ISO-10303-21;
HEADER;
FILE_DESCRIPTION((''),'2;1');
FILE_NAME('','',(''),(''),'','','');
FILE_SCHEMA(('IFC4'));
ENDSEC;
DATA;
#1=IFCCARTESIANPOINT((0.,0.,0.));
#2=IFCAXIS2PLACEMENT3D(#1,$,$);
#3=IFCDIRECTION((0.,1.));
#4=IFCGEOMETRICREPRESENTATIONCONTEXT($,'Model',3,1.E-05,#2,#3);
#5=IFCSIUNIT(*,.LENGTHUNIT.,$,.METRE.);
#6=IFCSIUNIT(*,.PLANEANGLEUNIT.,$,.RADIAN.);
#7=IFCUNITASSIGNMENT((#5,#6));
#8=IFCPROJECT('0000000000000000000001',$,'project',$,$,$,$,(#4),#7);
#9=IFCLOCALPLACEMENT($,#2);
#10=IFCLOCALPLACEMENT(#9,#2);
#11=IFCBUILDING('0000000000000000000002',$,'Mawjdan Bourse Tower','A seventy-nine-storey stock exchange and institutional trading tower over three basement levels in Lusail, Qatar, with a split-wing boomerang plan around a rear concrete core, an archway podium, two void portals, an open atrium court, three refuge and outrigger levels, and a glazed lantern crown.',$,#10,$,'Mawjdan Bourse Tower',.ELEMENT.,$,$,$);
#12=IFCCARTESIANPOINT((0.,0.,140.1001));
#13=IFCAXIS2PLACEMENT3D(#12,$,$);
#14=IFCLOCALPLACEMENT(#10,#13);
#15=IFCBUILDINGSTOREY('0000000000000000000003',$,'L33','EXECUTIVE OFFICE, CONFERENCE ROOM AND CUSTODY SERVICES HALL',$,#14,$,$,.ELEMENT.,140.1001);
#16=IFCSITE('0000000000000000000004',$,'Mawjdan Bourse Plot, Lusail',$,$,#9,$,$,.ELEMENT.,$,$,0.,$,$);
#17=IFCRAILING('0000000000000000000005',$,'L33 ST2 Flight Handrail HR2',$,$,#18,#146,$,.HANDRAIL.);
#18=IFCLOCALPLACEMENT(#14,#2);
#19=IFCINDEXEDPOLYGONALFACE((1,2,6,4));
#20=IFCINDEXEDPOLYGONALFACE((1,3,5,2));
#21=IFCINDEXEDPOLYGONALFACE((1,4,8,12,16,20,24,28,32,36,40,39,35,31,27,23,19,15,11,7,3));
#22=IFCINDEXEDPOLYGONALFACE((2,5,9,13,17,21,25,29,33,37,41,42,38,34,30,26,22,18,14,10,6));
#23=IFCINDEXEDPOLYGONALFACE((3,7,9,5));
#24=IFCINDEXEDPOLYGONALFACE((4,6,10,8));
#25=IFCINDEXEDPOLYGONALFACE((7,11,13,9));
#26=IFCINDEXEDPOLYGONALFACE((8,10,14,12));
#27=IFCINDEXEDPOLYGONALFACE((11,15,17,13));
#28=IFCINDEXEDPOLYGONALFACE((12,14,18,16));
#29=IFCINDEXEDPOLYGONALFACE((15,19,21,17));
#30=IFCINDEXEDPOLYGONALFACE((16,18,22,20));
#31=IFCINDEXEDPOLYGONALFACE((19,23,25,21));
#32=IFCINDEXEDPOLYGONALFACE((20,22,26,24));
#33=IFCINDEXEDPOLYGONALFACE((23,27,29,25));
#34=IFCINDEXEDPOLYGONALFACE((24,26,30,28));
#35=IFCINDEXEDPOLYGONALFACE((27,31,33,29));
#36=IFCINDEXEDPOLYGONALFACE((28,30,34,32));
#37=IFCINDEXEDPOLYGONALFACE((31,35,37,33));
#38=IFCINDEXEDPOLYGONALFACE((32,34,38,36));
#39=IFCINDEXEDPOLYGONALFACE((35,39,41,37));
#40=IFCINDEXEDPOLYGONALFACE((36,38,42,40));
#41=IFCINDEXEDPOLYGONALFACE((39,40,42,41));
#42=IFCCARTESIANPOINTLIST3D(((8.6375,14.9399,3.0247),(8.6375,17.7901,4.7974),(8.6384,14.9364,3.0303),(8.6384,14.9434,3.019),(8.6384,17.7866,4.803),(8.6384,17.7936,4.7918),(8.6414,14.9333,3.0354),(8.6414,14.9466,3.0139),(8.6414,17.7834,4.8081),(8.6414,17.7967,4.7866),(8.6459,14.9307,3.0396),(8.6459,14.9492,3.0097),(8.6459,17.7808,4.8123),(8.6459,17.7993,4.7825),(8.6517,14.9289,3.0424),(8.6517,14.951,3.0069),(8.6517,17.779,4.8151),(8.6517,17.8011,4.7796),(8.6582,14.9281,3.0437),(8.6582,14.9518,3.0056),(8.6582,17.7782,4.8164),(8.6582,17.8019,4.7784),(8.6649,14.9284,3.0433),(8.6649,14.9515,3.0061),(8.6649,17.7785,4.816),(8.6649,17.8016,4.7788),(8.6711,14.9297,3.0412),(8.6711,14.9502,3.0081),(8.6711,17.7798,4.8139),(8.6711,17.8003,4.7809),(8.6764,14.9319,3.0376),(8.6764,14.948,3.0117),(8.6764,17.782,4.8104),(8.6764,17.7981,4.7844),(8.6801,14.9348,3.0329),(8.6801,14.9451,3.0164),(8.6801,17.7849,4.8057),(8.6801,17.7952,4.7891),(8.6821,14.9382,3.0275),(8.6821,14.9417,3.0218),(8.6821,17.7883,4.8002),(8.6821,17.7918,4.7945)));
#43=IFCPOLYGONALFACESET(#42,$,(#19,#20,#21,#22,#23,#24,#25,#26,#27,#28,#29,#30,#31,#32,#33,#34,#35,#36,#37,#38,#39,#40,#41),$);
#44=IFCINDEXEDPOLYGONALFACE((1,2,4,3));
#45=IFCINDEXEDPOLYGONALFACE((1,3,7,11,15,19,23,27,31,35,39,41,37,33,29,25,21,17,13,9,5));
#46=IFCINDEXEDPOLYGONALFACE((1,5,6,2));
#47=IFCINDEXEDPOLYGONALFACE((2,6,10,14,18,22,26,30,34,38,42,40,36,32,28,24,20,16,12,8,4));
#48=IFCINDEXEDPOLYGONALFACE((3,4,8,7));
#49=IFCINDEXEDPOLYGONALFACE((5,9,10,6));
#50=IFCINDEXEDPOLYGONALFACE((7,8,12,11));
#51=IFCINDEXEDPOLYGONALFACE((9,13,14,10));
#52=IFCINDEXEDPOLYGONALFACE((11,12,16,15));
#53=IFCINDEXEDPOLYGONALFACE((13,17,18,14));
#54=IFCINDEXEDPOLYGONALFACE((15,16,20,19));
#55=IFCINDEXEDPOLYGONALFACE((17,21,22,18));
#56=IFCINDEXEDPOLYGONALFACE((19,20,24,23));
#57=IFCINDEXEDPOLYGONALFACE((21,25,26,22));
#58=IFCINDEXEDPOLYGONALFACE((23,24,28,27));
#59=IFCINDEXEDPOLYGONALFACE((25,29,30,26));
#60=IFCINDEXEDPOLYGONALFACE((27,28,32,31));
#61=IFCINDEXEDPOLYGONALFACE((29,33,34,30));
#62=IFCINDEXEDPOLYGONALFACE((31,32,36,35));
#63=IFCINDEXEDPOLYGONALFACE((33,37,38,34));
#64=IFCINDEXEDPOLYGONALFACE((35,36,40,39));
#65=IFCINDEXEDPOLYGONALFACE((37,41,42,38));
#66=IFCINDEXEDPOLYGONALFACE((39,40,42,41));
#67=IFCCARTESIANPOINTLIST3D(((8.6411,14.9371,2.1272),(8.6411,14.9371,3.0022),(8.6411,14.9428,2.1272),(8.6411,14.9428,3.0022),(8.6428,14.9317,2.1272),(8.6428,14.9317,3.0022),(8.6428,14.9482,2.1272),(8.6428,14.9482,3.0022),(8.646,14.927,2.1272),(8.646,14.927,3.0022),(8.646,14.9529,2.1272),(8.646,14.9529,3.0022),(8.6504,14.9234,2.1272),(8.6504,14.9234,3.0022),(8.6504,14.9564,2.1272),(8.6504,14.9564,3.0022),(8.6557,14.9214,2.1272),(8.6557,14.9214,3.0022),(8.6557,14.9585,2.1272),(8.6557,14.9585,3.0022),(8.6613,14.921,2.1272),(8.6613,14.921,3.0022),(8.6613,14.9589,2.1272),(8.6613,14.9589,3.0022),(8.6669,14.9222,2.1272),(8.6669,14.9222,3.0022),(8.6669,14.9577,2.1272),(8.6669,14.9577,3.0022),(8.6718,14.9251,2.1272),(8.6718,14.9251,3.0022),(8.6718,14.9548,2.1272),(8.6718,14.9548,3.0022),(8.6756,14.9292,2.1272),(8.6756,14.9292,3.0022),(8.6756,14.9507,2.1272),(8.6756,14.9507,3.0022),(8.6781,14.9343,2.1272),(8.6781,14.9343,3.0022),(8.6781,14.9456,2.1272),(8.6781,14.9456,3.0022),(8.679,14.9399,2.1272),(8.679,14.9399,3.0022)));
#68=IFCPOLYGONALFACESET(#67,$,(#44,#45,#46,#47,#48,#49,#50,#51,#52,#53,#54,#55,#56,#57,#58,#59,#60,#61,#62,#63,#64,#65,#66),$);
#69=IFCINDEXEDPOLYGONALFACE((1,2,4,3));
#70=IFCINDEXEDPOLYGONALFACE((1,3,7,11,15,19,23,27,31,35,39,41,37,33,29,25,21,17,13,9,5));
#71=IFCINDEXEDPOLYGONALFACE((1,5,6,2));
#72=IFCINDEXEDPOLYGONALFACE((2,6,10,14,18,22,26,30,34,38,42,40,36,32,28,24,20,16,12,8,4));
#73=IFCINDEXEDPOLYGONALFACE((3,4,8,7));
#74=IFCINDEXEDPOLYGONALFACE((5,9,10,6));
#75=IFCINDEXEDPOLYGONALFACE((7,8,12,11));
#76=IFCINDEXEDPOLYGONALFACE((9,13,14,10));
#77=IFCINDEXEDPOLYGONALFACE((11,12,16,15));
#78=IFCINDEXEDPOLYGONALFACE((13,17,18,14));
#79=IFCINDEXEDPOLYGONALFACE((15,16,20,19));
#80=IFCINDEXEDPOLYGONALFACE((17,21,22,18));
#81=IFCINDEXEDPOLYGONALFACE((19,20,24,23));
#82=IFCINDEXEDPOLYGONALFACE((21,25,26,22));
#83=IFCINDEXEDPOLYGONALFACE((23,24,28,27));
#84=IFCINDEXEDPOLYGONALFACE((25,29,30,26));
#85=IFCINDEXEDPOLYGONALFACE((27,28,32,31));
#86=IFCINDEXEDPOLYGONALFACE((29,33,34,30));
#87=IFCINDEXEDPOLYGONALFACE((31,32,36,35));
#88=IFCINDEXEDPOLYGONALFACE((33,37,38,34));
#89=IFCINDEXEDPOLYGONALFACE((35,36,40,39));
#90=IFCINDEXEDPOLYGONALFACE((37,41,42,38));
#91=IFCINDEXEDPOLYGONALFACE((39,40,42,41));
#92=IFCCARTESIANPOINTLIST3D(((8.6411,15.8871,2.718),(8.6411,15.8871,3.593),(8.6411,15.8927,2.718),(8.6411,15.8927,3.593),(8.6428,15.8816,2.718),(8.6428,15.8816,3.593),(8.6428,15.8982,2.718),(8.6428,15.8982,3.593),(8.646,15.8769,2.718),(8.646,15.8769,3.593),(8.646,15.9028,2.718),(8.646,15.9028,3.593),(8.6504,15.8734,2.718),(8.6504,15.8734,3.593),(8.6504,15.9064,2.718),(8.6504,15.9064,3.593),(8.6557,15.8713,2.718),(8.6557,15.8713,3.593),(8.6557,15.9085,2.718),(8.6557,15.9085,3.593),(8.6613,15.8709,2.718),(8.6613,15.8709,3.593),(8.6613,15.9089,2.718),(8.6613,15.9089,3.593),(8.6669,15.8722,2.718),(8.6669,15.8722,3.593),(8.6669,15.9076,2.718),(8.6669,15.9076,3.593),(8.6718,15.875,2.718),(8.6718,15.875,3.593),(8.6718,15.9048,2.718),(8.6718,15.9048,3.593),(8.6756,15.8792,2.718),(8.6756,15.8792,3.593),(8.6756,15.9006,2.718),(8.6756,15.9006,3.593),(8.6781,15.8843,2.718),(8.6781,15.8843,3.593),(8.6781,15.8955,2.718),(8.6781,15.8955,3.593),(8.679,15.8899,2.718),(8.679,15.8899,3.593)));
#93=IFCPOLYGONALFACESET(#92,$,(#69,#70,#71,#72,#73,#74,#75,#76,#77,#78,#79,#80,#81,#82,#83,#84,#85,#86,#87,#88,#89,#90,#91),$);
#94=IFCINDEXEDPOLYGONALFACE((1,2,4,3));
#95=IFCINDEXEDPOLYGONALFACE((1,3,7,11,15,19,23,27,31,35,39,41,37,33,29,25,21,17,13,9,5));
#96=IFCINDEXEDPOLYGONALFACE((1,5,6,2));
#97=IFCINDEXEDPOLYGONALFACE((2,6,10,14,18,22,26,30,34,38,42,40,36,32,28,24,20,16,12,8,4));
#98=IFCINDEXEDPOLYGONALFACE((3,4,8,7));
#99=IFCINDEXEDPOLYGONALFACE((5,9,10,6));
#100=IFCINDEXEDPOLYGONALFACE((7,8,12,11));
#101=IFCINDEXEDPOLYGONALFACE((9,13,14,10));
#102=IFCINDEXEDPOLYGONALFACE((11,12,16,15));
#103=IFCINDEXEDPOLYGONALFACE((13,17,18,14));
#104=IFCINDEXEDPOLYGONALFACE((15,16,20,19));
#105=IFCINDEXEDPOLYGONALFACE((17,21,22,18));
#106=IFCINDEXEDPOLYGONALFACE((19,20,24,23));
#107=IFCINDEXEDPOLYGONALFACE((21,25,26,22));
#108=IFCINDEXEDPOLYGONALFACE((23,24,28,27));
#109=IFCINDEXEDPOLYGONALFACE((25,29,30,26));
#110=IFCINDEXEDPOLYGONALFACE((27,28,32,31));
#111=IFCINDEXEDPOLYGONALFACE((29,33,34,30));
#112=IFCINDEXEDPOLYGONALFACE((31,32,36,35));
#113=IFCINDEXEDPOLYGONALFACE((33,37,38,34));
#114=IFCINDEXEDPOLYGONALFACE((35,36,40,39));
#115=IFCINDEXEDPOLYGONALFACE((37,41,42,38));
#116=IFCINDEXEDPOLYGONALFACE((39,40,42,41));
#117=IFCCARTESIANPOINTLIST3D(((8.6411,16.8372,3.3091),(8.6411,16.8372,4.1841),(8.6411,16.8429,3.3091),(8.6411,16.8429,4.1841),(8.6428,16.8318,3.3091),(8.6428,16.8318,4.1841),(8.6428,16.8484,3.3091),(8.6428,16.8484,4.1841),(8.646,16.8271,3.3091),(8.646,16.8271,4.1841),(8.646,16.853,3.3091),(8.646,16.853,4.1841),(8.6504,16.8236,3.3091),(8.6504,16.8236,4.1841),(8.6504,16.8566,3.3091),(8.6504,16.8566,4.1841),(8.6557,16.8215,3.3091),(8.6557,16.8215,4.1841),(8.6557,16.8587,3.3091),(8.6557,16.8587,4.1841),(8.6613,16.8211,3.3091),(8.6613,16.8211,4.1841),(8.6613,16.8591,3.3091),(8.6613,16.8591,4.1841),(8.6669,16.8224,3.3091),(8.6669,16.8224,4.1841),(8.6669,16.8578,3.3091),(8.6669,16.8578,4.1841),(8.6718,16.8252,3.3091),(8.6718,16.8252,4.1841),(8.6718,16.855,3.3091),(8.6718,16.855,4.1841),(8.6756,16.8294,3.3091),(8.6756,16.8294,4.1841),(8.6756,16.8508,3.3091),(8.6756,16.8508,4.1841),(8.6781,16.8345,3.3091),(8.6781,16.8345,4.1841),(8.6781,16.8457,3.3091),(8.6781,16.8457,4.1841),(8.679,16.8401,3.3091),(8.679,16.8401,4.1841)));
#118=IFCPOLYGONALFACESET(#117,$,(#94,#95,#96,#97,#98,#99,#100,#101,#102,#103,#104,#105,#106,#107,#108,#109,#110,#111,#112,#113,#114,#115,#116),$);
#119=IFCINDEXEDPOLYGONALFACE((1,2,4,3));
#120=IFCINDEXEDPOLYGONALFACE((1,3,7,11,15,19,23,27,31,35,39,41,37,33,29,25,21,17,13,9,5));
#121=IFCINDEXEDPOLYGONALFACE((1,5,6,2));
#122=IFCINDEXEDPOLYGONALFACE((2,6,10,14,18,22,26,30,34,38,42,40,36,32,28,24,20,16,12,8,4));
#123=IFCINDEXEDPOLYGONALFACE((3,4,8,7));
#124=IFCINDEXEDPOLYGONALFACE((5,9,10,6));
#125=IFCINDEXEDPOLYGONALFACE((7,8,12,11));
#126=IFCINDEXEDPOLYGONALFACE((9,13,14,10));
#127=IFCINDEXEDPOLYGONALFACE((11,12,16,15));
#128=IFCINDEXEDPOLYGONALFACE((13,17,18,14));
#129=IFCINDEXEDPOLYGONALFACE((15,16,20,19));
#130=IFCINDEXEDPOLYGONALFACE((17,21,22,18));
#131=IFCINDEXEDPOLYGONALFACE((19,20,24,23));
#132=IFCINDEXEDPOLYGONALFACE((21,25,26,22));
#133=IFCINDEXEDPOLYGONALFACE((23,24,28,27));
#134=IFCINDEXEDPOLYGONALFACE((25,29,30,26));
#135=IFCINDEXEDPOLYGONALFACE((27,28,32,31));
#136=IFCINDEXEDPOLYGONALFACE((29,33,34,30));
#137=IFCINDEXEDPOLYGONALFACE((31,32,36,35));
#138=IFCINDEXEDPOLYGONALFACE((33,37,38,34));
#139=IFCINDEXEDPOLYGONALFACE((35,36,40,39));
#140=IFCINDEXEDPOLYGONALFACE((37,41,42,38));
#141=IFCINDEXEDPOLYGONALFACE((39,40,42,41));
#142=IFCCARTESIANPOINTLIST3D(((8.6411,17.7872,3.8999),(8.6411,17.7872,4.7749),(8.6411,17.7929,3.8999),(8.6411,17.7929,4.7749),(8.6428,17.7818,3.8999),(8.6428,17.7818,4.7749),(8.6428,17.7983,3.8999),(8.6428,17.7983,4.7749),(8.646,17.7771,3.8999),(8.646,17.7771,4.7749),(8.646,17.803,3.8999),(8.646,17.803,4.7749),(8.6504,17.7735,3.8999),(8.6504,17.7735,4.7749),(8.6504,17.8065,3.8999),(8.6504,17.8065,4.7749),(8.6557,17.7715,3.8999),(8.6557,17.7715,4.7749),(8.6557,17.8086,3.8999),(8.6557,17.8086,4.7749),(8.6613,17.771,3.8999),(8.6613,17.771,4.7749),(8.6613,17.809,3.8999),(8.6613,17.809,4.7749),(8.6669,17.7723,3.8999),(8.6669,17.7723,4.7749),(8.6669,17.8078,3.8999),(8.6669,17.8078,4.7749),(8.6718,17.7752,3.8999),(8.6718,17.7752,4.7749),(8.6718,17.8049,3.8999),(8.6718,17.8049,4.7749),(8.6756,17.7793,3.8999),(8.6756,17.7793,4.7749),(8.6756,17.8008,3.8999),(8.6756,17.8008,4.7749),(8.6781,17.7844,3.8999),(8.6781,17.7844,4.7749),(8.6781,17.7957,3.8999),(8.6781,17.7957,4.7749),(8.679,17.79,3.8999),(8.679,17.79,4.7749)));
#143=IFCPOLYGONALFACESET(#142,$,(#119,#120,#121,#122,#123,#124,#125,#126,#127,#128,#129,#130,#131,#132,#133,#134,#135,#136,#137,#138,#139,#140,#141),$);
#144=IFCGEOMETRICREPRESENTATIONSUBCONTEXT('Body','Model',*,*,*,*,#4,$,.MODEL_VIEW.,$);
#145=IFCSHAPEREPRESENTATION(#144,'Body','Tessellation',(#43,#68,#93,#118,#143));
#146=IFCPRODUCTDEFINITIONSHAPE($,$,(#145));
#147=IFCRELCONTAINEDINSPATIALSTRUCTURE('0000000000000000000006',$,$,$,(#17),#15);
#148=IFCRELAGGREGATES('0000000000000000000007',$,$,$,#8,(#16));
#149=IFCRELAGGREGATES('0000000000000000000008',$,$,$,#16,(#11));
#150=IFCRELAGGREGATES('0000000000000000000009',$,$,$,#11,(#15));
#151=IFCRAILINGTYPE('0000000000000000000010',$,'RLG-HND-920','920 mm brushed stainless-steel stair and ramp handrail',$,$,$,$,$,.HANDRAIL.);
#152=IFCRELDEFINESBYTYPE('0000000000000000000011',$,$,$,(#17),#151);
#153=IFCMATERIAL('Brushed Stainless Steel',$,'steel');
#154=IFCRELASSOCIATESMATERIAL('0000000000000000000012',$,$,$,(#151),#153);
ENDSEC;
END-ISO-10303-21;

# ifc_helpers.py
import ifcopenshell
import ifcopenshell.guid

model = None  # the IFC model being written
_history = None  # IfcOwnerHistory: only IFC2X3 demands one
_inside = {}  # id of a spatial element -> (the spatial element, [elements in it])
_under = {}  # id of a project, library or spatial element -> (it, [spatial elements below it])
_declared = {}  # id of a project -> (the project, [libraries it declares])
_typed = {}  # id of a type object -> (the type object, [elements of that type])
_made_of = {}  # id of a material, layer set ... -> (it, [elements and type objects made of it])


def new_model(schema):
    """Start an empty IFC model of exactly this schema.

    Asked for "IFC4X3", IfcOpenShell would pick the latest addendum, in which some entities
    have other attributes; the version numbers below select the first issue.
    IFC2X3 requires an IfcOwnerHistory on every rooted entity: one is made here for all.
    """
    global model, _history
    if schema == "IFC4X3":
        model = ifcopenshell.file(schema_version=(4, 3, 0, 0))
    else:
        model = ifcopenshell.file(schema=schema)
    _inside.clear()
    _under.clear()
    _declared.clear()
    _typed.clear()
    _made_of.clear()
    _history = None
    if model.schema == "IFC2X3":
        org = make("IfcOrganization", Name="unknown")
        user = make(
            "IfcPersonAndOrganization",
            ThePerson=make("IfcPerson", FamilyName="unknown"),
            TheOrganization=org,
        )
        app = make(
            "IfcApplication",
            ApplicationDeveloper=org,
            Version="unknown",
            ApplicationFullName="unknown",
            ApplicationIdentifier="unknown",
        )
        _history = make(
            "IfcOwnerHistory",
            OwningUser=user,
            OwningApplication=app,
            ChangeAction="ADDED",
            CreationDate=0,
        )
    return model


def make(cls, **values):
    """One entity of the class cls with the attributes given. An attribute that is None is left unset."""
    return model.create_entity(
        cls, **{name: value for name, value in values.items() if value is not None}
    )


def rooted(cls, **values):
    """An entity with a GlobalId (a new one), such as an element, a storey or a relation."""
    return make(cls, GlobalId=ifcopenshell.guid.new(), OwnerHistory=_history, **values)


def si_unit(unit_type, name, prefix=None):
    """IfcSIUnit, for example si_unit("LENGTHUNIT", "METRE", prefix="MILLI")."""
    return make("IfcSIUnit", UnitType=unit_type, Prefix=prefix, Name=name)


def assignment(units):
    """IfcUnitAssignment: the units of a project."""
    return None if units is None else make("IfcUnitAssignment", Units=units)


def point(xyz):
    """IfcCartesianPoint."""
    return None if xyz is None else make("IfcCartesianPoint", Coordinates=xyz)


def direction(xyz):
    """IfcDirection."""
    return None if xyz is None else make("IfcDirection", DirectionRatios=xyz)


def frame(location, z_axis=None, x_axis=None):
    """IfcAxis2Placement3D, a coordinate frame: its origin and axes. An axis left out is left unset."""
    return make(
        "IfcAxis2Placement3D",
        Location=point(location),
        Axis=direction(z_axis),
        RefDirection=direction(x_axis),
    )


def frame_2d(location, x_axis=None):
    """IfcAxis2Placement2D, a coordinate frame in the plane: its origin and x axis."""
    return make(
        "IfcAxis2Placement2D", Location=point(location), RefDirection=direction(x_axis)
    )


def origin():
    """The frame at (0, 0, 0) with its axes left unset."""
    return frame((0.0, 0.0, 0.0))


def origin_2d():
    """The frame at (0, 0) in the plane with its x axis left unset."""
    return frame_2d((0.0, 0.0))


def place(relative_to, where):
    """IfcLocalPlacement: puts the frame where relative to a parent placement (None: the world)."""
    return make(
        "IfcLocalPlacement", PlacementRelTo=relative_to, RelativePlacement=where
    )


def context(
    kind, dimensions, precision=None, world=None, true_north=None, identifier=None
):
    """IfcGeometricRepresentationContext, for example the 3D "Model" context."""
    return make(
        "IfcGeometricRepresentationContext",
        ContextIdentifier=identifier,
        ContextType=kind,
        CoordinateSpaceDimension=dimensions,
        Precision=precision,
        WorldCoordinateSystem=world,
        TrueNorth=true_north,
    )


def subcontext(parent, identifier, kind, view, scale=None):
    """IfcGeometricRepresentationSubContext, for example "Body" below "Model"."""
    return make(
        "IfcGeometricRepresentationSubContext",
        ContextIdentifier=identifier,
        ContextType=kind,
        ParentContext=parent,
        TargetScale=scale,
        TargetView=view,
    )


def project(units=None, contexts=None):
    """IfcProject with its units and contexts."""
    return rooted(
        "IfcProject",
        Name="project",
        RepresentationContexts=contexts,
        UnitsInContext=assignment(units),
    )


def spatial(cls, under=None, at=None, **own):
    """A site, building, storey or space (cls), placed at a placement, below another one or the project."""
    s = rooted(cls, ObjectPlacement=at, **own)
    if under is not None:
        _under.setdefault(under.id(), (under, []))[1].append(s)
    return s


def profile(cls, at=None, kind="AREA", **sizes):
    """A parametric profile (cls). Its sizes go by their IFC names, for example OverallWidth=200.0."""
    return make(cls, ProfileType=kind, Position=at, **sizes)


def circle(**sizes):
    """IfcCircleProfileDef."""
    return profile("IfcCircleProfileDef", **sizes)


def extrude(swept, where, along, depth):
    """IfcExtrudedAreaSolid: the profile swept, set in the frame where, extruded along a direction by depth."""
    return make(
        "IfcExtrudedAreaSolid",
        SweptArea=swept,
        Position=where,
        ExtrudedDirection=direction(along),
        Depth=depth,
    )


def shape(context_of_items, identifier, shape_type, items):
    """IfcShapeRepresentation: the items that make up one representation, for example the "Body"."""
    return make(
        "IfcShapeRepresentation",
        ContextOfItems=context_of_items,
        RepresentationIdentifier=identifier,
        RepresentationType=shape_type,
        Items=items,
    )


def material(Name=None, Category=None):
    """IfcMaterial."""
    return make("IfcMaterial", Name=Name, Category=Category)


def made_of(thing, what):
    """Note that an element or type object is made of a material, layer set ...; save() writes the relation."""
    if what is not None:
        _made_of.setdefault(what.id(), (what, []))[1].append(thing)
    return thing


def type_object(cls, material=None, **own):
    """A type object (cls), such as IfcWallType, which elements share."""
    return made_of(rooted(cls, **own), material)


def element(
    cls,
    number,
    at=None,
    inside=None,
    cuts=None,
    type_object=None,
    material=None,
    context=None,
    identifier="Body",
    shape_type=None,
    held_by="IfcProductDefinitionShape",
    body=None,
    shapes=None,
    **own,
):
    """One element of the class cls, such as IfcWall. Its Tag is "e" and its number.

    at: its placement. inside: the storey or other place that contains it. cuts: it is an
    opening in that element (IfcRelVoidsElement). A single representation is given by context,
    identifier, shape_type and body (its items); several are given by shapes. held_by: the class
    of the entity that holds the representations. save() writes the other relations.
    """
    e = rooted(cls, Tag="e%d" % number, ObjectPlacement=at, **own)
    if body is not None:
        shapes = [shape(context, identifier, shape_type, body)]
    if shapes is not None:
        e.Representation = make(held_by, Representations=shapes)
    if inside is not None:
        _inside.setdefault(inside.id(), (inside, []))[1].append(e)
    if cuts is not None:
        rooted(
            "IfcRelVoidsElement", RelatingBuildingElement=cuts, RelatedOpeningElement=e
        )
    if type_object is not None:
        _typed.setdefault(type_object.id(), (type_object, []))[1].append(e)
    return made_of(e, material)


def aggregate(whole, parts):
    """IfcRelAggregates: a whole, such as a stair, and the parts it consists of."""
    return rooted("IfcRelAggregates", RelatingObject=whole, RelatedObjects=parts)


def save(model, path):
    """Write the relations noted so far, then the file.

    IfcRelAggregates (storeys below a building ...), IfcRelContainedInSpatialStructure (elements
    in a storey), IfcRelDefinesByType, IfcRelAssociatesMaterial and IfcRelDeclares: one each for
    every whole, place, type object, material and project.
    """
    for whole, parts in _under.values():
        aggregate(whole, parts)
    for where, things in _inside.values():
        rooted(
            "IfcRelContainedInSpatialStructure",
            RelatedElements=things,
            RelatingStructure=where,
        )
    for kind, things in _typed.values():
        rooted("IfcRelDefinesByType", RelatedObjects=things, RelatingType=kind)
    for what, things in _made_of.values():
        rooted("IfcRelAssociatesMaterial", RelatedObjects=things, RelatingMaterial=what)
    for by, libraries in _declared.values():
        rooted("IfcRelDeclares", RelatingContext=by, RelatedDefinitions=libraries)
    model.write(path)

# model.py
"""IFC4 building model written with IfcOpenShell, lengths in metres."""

from ifc_helpers import new_model, si_unit, direction, frame, origin, origin_2d, place, context, subcontext, project, spatial, circle, extrude, material, type_object, element, save


model = new_model("IFC4")

# Units and contexts
model_context = context("Model", 3, precision=1e-05, world=origin(), true_north=direction((0.0, 1.0)))
body_context = subcontext(model_context, "Body", "Model", "MODEL_VIEW")
ifc_project = project(units=[si_unit("LENGTHUNIT", "METRE"), si_unit("PLANEANGLEUNIT", "RADIAN")], contexts=[model_context])

# Site, building, storey
site_placement = place(None, origin())
site = spatial("IfcSite", under=ifc_project, at=site_placement, Name="Mawjdan Bourse Plot, Lusail", CompositionType="ELEMENT", RefElevation=0.0)
building_placement = place(site_placement, origin())
building = spatial("IfcBuilding", under=site, at=building_placement, Name="Mawjdan Bourse Tower", Description="A seventy-nine-storey stock exchange and institutional trading tower over three basement levels in Lusail, Qatar, with a split-wing boomerang plan around a rear concrete core, an archway podium, two void portals, an open atrium court, three refuge and outrigger levels, and a glazed lantern crown.", LongName="Mawjdan Bourse Tower", CompositionType="ELEMENT")
storey_placement = place(building_placement, frame((0.0, 0.0, 140.1001)))
storey = spatial("IfcBuildingStorey", under=building, at=storey_placement, Name="L33", Description="EXECUTIVE OFFICE, CONFERENCE ROOM AND CUSTODY SERVICES HALL", CompositionType="ELEMENT", Elevation=140.1001)

# Railing
ifc_material_1 = material(Name="Brushed Stainless Steel", Category="steel")
railing_type_1 = type_object("IfcRailingType", Name="RLG-HND-920", Description="920 mm brushed stainless-steel stair and ramp handrail", PredefinedType="HANDRAIL", material=ifc_material_1)
for number, where, name in (
    (1, (8.6599, 14.9399, 2.1272), "L33 ST2 Flight Handrail HR2"),
):
    element("IfcRailing", number, at=place(storey_placement, frame(where)), inside=storey, type_object=railing_type_1, Name=name, PredefinedType="HANDRAIL", context=body_context, shape_type="SweptSolid", body=[
        extrude(circle(Radius=0.0225, at=origin_2d()), frame((0.0, 0.0, 0.8975), z_axis=(0.0, 0.849149, 0.528154), x_axis=(-1.0, 0.0, 0.0)), (0.0, 0.0, 1.0), 3.3564),
        extrude(circle(Radius=0.019, at=origin_2d()), origin(), (0.0, 0.0, 1.0), 0.875),
        extrude(circle(Radius=0.019, at=origin_2d()), frame((0.0, 0.95, 0.5908)), (0.0, 0.0, 1.0), 0.875),
        extrude(circle(Radius=0.019, at=origin_2d()), frame((0.0, 1.9001, 1.1819)), (0.0, 0.0, 1.0), 0.875),
        extrude(circle(Radius=0.019, at=origin_2d()), frame((0.0, 2.8501, 1.7727)), (0.0, 0.0, 1.0), 0.875),
    ])

save(model, "model.ifc")
